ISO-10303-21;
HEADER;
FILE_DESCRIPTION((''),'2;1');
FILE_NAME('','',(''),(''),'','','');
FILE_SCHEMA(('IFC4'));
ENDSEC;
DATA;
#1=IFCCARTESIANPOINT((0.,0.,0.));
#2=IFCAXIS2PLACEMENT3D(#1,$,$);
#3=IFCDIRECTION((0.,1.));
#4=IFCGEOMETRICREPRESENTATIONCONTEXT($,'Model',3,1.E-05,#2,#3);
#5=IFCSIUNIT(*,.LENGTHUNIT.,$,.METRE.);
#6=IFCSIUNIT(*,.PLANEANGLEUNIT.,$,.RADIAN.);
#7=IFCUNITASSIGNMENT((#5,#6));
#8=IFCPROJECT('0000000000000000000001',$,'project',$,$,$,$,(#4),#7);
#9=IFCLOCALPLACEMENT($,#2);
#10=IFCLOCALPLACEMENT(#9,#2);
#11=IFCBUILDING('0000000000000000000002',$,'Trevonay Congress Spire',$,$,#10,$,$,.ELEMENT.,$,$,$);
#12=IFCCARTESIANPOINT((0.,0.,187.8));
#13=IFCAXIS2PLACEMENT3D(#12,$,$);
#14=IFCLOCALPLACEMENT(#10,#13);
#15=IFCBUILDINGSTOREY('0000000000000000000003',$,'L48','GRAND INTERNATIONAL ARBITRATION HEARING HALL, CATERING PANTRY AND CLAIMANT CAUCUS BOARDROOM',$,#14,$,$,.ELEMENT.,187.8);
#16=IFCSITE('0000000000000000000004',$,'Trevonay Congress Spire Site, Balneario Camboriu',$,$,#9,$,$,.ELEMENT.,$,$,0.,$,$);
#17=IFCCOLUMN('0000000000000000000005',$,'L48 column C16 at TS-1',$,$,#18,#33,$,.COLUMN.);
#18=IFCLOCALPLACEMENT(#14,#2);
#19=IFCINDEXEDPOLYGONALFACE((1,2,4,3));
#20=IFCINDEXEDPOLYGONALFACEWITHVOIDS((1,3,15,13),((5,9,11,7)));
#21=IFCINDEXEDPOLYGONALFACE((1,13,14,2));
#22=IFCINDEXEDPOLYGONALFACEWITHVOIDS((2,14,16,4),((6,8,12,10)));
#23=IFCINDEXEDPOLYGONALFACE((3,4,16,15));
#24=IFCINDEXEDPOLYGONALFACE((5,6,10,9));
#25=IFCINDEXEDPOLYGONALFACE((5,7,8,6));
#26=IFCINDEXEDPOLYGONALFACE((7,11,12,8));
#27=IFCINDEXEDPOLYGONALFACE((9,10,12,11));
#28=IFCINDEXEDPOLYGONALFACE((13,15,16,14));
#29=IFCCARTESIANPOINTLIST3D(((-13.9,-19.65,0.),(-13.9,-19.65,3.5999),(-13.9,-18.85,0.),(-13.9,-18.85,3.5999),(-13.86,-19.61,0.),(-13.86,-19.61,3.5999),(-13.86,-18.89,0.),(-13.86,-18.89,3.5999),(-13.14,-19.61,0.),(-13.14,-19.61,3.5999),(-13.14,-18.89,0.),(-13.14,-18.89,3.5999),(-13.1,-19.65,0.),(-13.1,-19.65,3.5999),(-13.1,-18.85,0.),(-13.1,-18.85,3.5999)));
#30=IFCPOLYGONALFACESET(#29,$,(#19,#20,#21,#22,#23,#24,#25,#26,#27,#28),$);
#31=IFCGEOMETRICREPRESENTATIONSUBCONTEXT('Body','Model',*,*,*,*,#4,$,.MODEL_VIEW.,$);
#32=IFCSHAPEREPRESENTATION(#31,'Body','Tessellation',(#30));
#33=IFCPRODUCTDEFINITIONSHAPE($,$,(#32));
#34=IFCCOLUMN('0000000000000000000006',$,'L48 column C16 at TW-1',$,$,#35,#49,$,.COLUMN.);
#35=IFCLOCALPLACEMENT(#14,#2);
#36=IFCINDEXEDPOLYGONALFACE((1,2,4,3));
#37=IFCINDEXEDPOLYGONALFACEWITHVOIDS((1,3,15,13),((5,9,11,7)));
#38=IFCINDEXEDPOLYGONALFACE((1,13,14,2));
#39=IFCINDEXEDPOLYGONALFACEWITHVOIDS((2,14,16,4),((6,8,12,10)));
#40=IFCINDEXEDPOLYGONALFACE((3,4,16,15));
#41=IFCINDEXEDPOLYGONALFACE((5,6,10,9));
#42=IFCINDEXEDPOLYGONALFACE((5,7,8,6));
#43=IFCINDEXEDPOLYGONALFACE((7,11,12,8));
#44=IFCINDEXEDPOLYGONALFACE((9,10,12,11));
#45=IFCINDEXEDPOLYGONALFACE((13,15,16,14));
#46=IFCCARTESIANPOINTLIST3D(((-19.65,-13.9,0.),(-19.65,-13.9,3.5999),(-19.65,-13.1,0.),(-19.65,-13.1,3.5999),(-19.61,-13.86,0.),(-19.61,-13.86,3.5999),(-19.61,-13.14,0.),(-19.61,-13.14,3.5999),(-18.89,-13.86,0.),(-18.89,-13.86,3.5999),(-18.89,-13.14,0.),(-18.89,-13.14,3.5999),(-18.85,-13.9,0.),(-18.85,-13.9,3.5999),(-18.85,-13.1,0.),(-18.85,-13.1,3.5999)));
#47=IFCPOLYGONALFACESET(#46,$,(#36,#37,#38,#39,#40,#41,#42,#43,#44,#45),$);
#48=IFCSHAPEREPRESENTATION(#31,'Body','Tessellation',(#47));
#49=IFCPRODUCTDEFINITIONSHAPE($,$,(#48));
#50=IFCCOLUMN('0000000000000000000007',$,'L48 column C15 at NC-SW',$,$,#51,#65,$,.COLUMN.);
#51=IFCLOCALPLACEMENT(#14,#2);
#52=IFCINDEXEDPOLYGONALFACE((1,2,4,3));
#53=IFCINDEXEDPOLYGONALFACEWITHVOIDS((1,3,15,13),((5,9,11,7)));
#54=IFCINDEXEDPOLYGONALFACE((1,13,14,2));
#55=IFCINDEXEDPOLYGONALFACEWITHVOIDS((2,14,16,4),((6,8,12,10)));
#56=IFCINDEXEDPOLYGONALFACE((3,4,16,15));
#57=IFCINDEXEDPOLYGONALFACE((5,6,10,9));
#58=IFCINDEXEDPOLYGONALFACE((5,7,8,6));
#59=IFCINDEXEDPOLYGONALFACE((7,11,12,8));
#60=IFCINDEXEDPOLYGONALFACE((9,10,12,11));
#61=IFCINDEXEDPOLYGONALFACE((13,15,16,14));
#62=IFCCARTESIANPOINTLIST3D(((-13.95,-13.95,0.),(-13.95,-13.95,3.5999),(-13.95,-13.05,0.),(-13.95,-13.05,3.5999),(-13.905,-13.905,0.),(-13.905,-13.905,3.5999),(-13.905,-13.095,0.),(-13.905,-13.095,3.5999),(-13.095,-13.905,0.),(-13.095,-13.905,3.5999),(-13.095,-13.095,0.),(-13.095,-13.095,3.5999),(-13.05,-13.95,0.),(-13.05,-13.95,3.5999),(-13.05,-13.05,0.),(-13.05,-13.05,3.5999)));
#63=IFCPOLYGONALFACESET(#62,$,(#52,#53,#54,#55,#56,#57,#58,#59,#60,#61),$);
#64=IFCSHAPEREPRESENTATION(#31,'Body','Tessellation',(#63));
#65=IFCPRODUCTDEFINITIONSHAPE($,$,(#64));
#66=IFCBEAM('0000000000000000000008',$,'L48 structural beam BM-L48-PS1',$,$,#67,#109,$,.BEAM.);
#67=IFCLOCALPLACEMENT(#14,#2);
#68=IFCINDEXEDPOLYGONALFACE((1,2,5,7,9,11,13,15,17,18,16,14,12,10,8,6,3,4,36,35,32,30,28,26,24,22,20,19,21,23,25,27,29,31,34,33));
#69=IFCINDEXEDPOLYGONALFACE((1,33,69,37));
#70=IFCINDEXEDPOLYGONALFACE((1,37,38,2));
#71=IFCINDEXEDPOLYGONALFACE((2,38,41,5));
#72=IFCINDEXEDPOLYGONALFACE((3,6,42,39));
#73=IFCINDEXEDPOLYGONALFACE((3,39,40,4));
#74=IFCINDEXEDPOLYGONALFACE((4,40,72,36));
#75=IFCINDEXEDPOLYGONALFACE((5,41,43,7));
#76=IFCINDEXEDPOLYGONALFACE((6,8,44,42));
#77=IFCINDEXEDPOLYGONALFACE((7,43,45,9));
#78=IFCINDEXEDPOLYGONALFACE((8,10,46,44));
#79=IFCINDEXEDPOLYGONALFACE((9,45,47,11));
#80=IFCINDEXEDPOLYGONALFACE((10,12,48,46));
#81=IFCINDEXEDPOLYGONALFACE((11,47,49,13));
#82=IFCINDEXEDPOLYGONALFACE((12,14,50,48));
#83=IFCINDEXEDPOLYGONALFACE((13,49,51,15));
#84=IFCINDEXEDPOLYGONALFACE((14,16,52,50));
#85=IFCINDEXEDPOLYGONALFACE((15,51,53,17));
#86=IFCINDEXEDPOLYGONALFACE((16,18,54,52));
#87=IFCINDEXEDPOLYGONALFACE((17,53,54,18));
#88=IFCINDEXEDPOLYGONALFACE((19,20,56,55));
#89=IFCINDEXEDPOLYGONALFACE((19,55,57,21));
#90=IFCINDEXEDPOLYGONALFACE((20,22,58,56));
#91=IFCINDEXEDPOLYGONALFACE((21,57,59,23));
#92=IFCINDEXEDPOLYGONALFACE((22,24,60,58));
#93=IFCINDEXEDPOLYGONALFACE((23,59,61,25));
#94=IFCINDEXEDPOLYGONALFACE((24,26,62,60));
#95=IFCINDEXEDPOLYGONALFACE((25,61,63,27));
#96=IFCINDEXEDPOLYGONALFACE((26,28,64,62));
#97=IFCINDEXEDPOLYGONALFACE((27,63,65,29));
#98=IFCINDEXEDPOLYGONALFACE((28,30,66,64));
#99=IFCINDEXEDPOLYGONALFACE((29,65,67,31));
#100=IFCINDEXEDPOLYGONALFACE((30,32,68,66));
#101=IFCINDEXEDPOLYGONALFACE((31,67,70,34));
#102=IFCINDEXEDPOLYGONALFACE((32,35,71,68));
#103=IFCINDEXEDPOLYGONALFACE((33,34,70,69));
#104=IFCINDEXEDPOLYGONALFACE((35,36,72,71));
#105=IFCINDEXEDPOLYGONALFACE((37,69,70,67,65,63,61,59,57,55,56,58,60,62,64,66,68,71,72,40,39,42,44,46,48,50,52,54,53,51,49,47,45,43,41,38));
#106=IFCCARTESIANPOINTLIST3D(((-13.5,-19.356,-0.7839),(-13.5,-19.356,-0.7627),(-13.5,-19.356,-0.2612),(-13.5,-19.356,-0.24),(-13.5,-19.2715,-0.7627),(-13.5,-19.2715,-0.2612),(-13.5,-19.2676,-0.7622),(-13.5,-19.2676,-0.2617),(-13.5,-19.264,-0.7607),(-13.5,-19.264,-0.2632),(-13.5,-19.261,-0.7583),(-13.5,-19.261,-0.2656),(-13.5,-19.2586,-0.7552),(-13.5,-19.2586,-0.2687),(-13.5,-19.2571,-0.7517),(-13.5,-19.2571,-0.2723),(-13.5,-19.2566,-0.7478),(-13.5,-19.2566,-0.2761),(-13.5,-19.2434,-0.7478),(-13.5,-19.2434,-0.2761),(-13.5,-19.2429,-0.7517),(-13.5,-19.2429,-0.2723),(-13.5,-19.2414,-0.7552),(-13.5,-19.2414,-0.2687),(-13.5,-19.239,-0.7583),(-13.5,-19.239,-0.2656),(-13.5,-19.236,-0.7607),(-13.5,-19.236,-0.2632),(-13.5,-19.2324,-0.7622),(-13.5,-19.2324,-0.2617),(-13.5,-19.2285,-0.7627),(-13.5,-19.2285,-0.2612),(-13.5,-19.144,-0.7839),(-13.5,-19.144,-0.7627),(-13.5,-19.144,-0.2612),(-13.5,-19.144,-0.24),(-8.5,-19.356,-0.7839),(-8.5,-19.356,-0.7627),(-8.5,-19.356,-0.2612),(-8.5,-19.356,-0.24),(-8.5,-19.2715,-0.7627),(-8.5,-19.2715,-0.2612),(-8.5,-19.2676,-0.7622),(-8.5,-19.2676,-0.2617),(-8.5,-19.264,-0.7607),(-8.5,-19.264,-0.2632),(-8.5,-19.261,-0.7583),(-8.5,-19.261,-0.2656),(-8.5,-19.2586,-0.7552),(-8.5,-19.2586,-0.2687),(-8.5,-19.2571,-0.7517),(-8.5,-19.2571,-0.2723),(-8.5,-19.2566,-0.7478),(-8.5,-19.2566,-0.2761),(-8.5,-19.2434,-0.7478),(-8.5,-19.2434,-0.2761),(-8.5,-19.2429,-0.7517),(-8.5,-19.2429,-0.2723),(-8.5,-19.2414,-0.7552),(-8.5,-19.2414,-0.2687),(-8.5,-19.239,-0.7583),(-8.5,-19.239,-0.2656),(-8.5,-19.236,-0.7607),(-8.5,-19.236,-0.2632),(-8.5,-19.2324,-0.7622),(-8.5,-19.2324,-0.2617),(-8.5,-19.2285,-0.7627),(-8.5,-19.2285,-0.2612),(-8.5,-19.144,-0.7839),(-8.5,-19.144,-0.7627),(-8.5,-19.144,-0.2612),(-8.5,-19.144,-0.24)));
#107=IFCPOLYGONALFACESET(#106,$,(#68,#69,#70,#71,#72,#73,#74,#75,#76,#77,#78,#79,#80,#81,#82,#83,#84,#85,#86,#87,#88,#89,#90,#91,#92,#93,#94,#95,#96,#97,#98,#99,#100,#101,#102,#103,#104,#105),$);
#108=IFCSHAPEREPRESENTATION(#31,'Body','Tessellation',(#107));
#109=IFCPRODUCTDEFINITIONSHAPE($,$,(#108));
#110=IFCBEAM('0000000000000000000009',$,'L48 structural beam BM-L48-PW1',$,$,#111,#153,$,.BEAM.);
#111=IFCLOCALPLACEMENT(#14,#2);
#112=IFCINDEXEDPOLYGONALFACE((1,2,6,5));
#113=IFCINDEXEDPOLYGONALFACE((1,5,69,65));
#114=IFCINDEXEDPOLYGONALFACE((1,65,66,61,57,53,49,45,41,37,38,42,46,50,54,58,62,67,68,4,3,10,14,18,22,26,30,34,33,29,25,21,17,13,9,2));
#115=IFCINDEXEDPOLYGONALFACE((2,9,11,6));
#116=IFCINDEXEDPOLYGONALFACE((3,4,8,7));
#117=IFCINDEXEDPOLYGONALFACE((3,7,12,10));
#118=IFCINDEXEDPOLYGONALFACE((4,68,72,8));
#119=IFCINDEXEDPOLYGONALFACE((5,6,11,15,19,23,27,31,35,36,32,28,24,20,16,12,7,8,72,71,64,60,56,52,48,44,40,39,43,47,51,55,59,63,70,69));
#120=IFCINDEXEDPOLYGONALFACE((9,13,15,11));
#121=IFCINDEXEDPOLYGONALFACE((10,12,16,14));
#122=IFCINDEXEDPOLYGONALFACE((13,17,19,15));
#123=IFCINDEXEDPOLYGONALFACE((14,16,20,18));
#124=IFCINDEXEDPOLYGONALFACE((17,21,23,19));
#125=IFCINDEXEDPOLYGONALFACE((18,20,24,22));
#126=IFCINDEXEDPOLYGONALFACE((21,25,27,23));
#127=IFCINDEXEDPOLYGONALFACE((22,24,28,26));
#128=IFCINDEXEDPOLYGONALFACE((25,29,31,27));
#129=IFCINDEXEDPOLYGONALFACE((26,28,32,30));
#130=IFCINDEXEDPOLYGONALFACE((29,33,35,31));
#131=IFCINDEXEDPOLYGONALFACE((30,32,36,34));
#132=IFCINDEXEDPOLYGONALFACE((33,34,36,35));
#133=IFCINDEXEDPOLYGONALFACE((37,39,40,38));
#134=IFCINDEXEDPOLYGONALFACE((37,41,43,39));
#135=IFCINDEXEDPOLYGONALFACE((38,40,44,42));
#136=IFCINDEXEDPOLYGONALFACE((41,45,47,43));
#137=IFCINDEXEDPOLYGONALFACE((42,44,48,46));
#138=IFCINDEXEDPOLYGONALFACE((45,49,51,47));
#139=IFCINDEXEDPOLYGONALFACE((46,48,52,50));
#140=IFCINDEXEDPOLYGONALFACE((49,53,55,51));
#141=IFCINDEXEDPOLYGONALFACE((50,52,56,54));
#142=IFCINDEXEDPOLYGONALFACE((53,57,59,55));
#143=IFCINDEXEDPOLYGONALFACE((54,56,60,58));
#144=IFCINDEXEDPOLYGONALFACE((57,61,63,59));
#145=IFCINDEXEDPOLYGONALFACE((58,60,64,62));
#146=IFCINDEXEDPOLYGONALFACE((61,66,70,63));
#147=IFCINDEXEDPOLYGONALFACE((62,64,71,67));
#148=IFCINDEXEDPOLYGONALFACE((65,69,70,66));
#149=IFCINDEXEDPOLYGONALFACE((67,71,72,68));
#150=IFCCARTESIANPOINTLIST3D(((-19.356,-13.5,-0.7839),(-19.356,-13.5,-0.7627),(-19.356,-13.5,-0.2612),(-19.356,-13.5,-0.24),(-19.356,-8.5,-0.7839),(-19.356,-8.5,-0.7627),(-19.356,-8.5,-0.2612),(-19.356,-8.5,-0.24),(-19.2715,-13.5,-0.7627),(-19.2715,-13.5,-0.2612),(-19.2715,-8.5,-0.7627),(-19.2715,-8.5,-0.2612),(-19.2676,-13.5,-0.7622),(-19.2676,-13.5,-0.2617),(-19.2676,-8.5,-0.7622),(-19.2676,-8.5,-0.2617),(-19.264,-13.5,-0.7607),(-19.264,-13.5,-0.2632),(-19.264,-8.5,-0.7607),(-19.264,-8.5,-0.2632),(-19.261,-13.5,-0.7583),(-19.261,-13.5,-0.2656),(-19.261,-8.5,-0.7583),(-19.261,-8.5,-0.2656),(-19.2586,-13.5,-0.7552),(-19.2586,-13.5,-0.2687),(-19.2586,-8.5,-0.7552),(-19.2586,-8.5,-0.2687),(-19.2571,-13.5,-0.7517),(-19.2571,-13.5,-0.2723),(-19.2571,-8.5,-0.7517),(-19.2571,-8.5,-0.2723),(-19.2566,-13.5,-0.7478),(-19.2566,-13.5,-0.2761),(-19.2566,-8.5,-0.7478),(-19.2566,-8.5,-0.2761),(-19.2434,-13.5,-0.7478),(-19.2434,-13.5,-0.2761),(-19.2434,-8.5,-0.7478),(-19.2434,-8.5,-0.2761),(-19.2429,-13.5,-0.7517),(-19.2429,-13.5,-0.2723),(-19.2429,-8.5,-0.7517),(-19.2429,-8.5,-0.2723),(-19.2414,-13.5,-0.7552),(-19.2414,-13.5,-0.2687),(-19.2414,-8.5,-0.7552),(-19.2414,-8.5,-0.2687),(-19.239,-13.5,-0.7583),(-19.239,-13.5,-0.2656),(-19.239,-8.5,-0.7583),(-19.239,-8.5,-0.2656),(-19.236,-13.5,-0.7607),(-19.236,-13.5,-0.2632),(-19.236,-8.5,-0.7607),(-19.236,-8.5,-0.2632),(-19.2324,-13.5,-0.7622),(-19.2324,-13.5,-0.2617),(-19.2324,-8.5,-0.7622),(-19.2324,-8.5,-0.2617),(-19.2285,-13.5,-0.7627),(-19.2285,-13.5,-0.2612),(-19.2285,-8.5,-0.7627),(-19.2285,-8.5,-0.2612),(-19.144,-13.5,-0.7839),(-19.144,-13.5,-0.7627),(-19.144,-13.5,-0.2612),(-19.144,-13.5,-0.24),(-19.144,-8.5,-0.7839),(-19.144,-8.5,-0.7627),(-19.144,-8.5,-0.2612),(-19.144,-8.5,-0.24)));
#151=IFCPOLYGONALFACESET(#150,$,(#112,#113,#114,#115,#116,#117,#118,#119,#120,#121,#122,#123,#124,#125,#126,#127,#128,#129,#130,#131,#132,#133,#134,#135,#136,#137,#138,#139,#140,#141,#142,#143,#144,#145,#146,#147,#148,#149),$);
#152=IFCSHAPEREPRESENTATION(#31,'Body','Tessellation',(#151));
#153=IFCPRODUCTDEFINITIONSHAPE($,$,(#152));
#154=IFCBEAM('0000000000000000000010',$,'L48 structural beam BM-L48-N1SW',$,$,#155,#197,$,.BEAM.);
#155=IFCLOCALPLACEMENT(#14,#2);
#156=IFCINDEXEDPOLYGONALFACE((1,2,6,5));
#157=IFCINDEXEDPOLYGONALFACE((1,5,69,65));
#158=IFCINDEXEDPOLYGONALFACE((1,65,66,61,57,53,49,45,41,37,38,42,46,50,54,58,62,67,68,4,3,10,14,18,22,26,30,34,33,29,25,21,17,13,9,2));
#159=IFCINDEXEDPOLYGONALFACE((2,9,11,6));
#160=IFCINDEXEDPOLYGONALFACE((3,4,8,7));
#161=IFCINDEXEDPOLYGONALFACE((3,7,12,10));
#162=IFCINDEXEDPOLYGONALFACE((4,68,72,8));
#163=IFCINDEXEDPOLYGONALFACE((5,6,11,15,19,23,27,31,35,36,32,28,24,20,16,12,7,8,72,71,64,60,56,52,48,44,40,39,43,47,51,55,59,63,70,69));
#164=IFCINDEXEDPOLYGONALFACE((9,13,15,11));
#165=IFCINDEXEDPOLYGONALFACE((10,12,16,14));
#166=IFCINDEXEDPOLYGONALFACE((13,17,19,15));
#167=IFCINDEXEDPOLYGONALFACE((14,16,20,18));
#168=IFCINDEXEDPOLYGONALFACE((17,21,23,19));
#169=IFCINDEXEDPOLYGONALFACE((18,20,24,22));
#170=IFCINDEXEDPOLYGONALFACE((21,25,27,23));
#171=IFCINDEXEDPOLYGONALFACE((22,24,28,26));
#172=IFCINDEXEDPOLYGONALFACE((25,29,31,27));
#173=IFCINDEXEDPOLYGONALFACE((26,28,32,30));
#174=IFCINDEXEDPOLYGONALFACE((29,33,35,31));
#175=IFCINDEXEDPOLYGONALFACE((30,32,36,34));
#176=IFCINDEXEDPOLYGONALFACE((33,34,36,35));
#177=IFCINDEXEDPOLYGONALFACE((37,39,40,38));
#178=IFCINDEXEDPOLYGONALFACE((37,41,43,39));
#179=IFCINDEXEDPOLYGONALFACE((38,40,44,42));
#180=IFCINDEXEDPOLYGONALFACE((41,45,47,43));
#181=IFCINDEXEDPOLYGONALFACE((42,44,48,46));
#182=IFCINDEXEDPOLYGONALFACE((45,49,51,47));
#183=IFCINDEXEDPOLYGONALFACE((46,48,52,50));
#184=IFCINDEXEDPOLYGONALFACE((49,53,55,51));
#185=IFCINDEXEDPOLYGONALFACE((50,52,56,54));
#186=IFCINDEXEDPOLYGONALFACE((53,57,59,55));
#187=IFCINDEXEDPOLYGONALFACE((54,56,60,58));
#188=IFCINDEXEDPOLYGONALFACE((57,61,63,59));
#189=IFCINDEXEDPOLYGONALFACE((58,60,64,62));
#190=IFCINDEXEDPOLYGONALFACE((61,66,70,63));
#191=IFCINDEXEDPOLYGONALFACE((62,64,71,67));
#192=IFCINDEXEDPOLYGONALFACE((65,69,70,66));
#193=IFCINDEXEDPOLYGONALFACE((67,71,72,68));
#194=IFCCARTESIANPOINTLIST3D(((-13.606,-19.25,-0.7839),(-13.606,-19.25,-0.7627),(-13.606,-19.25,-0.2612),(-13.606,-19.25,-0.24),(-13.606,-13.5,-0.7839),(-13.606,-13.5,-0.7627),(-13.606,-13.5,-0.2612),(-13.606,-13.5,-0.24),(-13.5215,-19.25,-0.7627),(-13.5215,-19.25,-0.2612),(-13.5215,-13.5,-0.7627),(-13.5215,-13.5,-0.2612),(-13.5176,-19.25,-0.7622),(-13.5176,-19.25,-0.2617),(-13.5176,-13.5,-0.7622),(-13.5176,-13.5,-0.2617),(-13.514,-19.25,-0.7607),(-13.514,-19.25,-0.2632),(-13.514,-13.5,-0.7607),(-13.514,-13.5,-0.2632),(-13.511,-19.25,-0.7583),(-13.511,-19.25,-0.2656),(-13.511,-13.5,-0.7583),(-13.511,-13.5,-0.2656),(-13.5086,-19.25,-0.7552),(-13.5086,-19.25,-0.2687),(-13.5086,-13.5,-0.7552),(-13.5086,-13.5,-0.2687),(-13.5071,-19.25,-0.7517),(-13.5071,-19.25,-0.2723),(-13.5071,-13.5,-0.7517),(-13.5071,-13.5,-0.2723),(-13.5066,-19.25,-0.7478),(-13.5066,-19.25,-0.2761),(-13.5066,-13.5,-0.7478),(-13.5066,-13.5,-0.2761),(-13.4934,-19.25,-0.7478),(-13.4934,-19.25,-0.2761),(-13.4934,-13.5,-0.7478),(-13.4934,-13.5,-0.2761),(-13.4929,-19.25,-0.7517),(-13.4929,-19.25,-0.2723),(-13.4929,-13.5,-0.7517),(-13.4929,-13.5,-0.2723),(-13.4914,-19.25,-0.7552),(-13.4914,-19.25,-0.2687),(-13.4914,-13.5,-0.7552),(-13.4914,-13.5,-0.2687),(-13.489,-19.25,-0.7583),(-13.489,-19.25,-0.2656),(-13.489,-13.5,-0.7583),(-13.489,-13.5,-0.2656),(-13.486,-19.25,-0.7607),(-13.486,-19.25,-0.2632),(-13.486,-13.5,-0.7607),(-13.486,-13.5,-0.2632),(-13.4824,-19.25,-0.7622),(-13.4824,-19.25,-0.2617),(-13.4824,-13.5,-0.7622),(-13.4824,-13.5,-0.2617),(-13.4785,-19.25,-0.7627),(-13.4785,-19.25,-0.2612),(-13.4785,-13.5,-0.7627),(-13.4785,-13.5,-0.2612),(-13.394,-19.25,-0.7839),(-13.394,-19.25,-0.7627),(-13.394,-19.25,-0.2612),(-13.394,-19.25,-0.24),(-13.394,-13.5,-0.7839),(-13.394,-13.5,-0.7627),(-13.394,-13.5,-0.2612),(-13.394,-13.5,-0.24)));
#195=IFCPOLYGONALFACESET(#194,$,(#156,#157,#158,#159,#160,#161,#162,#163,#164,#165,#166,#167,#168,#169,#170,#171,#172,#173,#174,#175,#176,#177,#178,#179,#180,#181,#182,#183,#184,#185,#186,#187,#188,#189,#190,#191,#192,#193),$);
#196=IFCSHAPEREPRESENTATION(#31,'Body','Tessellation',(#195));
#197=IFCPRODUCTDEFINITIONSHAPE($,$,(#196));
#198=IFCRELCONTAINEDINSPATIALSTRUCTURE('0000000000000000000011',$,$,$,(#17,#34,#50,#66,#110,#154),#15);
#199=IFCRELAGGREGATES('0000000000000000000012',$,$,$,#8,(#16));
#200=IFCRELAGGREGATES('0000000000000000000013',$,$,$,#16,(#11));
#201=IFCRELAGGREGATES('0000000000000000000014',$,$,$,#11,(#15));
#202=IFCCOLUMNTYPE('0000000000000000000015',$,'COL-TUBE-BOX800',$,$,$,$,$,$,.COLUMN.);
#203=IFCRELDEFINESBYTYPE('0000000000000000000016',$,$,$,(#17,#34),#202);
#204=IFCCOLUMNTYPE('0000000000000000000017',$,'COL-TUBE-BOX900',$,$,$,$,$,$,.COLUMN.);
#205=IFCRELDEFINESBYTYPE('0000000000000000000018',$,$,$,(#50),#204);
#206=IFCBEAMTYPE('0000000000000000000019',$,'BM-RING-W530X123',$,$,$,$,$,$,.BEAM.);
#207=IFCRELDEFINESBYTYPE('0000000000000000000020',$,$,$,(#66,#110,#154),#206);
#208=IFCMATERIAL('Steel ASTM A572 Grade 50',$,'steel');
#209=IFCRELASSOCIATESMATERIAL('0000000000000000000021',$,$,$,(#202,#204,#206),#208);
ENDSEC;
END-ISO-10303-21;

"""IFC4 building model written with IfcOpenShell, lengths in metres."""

from ifc_helpers import new_model, si_unit, direction, frame, origin, origin_2d, place, context, subcontext, project, spatial, hollow_rectangle, i_section, extrude, material, material_profile, profile_set, type_object, element, save


model = new_model("IFC4")

# Units and contexts
model_context = context("Model", 3, precision=1e-05, world=origin(), true_north=direction((0.0, 1.0)))
body_context = subcontext(model_context, "Body", "Model", "MODEL_VIEW")
ifc_project = project(units=[si_unit("LENGTHUNIT", "METRE"), si_unit("PLANEANGLEUNIT", "RADIAN")], contexts=[model_context])

# Site, building, storey
site_placement = place(None, origin())
site = spatial("IfcSite", under=ifc_project, at=site_placement, Name="Trevonay Congress Spire Site, Balneario Camboriu", CompositionType="ELEMENT", RefElevation=0.0)
building_placement = place(site_placement, origin())
building = spatial("IfcBuilding", under=site, at=building_placement, Name="Trevonay Congress Spire", CompositionType="ELEMENT")
storey_placement = place(building_placement, frame((0.0, 0.0, 187.8)))
storey = spatial("IfcBuildingStorey", under=building, at=storey_placement, Name="L48", Description="GRAND INTERNATIONAL ARBITRATION HEARING HALL, CATERING PANTRY AND CLAIMANT CAUCUS BOARDROOM", CompositionType="ELEMENT", Elevation=187.8)

# Columns
ifc_material_1 = material(Name="Steel ASTM A572 Grade 50", Category="steel")
ifc_material_profile_1 = material_profile(ifc_material_1, hollow_rectangle(XDim=0.8, YDim=0.8, WallThickness=0.04, at=origin_2d()), Name="BOX 800x800x40")
ifc_profile_set_1 = profile_set([ifc_material_profile_1], Name="Steel ASTM A572 Grade 50")
column_type_1 = type_object("IfcColumnType", Name="COL-TUBE-BOX800", PredefinedType="COLUMN", material=ifc_profile_set_1)
for number, where, z_axis, x_axis, name in (
    (1, (-13.5, -19.25, 0.0), (0.0, 0.0, 1.0), (1.0, 0.0, 0.0), "L48 column C16 at TS-1"),
    (2, (-19.25, -13.5, 0.0), (0.0, 0.0, 1.0), (1.0, 0.0, 0.0), "L48 column C16 at TW-1"),
):
    element("IfcColumn", number, at=place(storey_placement, frame(where, z_axis=z_axis, x_axis=x_axis)), inside=storey, type_object=column_type_1, Name=name, PredefinedType="COLUMN", context=body_context, shape_type="SweptSolid", body=[
        extrude(hollow_rectangle(XDim=0.8, YDim=0.8, WallThickness=0.04, at=origin_2d()), origin(), (0.0, 0.0, 1.0), 3.5999),
    ])
ifc_material_profile_2 = material_profile(ifc_material_1, hollow_rectangle(XDim=0.8999, YDim=0.8999, WallThickness=0.0449, at=origin_2d()), Name="BOX 900x900x45")
ifc_profile_set_2 = profile_set([ifc_material_profile_2], Name="Steel ASTM A572 Grade 50")
column_type_2 = type_object("IfcColumnType", Name="COL-TUBE-BOX900", PredefinedType="COLUMN", material=ifc_profile_set_2)
column_placement = place(storey_placement, frame((-13.5, -13.5, 0.0), z_axis=(0.0, 0.0, 1.0), x_axis=(1.0, 0.0, 0.0)))
element("IfcColumn", 3, at=column_placement, inside=storey, type_object=column_type_2, Name="L48 column C15 at NC-SW", PredefinedType="COLUMN", context=body_context, shape_type="SweptSolid", body=[
    extrude(hollow_rectangle(XDim=0.8999, YDim=0.8999, WallThickness=0.0449, at=origin_2d()), origin(), (0.0, 0.0, 1.0), 3.5999),
])

# Beams
ifc_material_profile_3 = material_profile(ifc_material_1, i_section(OverallWidth=0.2119, OverallDepth=0.5439, WebThickness=0.0132, FlangeThickness=0.0212, FilletRadius=0.0149, at=origin_2d()), Name="W530x123")
ifc_profile_set_3 = profile_set([ifc_material_profile_3], Name="Steel ASTM A572 Grade 50")
beam_type = type_object("IfcBeamType", Name="BM-RING-W530X123", PredefinedType="BEAM", material=ifc_profile_set_3)
for number, where, z_axis, x_axis, name in (
    (4, (-13.5, -19.25, -0.512), (1.0, 0.0, 0.0), (0.0, 1.0, 0.0), "L48 structural beam BM-L48-PS1"),
    (5, (-19.25, -13.5, -0.512), (0.0, 1.0, 0.0), (-1.0, 0.0, 0.0), "L48 structural beam BM-L48-PW1"),
):
    element("IfcBeam", number, at=place(storey_placement, frame(where, z_axis=z_axis, x_axis=x_axis)), inside=storey, type_object=beam_type, Name=name, PredefinedType="BEAM", context=body_context, shape_type="SweptSolid", body=[
        extrude(i_section(OverallWidth=0.2119, OverallDepth=0.5439, WebThickness=0.0132, FlangeThickness=0.0212, FilletRadius=0.0149, at=origin_2d()), origin(), (0.0, 0.0, 1.0), 5.0),
    ])
for number, where, z_axis, x_axis, name in (
    (6, (-13.5, -19.25, -0.512), (0.0, 1.0, 0.0), (-1.0, 0.0, 0.0), "L48 structural beam BM-L48-N1SW"),
):
    element("IfcBeam", number, at=place(storey_placement, frame(where, z_axis=z_axis, x_axis=x_axis)), inside=storey, type_object=beam_type, Name=name, PredefinedType="BEAM", context=body_context, shape_type="SweptSolid", body=[
        extrude(i_section(OverallWidth=0.2119, OverallDepth=0.5439, WebThickness=0.0132, FlangeThickness=0.0212, FilletRadius=0.0149, at=origin_2d()), origin(), (0.0, 0.0, 1.0), 5.75),
    ])

save(model, "model.ifc")
